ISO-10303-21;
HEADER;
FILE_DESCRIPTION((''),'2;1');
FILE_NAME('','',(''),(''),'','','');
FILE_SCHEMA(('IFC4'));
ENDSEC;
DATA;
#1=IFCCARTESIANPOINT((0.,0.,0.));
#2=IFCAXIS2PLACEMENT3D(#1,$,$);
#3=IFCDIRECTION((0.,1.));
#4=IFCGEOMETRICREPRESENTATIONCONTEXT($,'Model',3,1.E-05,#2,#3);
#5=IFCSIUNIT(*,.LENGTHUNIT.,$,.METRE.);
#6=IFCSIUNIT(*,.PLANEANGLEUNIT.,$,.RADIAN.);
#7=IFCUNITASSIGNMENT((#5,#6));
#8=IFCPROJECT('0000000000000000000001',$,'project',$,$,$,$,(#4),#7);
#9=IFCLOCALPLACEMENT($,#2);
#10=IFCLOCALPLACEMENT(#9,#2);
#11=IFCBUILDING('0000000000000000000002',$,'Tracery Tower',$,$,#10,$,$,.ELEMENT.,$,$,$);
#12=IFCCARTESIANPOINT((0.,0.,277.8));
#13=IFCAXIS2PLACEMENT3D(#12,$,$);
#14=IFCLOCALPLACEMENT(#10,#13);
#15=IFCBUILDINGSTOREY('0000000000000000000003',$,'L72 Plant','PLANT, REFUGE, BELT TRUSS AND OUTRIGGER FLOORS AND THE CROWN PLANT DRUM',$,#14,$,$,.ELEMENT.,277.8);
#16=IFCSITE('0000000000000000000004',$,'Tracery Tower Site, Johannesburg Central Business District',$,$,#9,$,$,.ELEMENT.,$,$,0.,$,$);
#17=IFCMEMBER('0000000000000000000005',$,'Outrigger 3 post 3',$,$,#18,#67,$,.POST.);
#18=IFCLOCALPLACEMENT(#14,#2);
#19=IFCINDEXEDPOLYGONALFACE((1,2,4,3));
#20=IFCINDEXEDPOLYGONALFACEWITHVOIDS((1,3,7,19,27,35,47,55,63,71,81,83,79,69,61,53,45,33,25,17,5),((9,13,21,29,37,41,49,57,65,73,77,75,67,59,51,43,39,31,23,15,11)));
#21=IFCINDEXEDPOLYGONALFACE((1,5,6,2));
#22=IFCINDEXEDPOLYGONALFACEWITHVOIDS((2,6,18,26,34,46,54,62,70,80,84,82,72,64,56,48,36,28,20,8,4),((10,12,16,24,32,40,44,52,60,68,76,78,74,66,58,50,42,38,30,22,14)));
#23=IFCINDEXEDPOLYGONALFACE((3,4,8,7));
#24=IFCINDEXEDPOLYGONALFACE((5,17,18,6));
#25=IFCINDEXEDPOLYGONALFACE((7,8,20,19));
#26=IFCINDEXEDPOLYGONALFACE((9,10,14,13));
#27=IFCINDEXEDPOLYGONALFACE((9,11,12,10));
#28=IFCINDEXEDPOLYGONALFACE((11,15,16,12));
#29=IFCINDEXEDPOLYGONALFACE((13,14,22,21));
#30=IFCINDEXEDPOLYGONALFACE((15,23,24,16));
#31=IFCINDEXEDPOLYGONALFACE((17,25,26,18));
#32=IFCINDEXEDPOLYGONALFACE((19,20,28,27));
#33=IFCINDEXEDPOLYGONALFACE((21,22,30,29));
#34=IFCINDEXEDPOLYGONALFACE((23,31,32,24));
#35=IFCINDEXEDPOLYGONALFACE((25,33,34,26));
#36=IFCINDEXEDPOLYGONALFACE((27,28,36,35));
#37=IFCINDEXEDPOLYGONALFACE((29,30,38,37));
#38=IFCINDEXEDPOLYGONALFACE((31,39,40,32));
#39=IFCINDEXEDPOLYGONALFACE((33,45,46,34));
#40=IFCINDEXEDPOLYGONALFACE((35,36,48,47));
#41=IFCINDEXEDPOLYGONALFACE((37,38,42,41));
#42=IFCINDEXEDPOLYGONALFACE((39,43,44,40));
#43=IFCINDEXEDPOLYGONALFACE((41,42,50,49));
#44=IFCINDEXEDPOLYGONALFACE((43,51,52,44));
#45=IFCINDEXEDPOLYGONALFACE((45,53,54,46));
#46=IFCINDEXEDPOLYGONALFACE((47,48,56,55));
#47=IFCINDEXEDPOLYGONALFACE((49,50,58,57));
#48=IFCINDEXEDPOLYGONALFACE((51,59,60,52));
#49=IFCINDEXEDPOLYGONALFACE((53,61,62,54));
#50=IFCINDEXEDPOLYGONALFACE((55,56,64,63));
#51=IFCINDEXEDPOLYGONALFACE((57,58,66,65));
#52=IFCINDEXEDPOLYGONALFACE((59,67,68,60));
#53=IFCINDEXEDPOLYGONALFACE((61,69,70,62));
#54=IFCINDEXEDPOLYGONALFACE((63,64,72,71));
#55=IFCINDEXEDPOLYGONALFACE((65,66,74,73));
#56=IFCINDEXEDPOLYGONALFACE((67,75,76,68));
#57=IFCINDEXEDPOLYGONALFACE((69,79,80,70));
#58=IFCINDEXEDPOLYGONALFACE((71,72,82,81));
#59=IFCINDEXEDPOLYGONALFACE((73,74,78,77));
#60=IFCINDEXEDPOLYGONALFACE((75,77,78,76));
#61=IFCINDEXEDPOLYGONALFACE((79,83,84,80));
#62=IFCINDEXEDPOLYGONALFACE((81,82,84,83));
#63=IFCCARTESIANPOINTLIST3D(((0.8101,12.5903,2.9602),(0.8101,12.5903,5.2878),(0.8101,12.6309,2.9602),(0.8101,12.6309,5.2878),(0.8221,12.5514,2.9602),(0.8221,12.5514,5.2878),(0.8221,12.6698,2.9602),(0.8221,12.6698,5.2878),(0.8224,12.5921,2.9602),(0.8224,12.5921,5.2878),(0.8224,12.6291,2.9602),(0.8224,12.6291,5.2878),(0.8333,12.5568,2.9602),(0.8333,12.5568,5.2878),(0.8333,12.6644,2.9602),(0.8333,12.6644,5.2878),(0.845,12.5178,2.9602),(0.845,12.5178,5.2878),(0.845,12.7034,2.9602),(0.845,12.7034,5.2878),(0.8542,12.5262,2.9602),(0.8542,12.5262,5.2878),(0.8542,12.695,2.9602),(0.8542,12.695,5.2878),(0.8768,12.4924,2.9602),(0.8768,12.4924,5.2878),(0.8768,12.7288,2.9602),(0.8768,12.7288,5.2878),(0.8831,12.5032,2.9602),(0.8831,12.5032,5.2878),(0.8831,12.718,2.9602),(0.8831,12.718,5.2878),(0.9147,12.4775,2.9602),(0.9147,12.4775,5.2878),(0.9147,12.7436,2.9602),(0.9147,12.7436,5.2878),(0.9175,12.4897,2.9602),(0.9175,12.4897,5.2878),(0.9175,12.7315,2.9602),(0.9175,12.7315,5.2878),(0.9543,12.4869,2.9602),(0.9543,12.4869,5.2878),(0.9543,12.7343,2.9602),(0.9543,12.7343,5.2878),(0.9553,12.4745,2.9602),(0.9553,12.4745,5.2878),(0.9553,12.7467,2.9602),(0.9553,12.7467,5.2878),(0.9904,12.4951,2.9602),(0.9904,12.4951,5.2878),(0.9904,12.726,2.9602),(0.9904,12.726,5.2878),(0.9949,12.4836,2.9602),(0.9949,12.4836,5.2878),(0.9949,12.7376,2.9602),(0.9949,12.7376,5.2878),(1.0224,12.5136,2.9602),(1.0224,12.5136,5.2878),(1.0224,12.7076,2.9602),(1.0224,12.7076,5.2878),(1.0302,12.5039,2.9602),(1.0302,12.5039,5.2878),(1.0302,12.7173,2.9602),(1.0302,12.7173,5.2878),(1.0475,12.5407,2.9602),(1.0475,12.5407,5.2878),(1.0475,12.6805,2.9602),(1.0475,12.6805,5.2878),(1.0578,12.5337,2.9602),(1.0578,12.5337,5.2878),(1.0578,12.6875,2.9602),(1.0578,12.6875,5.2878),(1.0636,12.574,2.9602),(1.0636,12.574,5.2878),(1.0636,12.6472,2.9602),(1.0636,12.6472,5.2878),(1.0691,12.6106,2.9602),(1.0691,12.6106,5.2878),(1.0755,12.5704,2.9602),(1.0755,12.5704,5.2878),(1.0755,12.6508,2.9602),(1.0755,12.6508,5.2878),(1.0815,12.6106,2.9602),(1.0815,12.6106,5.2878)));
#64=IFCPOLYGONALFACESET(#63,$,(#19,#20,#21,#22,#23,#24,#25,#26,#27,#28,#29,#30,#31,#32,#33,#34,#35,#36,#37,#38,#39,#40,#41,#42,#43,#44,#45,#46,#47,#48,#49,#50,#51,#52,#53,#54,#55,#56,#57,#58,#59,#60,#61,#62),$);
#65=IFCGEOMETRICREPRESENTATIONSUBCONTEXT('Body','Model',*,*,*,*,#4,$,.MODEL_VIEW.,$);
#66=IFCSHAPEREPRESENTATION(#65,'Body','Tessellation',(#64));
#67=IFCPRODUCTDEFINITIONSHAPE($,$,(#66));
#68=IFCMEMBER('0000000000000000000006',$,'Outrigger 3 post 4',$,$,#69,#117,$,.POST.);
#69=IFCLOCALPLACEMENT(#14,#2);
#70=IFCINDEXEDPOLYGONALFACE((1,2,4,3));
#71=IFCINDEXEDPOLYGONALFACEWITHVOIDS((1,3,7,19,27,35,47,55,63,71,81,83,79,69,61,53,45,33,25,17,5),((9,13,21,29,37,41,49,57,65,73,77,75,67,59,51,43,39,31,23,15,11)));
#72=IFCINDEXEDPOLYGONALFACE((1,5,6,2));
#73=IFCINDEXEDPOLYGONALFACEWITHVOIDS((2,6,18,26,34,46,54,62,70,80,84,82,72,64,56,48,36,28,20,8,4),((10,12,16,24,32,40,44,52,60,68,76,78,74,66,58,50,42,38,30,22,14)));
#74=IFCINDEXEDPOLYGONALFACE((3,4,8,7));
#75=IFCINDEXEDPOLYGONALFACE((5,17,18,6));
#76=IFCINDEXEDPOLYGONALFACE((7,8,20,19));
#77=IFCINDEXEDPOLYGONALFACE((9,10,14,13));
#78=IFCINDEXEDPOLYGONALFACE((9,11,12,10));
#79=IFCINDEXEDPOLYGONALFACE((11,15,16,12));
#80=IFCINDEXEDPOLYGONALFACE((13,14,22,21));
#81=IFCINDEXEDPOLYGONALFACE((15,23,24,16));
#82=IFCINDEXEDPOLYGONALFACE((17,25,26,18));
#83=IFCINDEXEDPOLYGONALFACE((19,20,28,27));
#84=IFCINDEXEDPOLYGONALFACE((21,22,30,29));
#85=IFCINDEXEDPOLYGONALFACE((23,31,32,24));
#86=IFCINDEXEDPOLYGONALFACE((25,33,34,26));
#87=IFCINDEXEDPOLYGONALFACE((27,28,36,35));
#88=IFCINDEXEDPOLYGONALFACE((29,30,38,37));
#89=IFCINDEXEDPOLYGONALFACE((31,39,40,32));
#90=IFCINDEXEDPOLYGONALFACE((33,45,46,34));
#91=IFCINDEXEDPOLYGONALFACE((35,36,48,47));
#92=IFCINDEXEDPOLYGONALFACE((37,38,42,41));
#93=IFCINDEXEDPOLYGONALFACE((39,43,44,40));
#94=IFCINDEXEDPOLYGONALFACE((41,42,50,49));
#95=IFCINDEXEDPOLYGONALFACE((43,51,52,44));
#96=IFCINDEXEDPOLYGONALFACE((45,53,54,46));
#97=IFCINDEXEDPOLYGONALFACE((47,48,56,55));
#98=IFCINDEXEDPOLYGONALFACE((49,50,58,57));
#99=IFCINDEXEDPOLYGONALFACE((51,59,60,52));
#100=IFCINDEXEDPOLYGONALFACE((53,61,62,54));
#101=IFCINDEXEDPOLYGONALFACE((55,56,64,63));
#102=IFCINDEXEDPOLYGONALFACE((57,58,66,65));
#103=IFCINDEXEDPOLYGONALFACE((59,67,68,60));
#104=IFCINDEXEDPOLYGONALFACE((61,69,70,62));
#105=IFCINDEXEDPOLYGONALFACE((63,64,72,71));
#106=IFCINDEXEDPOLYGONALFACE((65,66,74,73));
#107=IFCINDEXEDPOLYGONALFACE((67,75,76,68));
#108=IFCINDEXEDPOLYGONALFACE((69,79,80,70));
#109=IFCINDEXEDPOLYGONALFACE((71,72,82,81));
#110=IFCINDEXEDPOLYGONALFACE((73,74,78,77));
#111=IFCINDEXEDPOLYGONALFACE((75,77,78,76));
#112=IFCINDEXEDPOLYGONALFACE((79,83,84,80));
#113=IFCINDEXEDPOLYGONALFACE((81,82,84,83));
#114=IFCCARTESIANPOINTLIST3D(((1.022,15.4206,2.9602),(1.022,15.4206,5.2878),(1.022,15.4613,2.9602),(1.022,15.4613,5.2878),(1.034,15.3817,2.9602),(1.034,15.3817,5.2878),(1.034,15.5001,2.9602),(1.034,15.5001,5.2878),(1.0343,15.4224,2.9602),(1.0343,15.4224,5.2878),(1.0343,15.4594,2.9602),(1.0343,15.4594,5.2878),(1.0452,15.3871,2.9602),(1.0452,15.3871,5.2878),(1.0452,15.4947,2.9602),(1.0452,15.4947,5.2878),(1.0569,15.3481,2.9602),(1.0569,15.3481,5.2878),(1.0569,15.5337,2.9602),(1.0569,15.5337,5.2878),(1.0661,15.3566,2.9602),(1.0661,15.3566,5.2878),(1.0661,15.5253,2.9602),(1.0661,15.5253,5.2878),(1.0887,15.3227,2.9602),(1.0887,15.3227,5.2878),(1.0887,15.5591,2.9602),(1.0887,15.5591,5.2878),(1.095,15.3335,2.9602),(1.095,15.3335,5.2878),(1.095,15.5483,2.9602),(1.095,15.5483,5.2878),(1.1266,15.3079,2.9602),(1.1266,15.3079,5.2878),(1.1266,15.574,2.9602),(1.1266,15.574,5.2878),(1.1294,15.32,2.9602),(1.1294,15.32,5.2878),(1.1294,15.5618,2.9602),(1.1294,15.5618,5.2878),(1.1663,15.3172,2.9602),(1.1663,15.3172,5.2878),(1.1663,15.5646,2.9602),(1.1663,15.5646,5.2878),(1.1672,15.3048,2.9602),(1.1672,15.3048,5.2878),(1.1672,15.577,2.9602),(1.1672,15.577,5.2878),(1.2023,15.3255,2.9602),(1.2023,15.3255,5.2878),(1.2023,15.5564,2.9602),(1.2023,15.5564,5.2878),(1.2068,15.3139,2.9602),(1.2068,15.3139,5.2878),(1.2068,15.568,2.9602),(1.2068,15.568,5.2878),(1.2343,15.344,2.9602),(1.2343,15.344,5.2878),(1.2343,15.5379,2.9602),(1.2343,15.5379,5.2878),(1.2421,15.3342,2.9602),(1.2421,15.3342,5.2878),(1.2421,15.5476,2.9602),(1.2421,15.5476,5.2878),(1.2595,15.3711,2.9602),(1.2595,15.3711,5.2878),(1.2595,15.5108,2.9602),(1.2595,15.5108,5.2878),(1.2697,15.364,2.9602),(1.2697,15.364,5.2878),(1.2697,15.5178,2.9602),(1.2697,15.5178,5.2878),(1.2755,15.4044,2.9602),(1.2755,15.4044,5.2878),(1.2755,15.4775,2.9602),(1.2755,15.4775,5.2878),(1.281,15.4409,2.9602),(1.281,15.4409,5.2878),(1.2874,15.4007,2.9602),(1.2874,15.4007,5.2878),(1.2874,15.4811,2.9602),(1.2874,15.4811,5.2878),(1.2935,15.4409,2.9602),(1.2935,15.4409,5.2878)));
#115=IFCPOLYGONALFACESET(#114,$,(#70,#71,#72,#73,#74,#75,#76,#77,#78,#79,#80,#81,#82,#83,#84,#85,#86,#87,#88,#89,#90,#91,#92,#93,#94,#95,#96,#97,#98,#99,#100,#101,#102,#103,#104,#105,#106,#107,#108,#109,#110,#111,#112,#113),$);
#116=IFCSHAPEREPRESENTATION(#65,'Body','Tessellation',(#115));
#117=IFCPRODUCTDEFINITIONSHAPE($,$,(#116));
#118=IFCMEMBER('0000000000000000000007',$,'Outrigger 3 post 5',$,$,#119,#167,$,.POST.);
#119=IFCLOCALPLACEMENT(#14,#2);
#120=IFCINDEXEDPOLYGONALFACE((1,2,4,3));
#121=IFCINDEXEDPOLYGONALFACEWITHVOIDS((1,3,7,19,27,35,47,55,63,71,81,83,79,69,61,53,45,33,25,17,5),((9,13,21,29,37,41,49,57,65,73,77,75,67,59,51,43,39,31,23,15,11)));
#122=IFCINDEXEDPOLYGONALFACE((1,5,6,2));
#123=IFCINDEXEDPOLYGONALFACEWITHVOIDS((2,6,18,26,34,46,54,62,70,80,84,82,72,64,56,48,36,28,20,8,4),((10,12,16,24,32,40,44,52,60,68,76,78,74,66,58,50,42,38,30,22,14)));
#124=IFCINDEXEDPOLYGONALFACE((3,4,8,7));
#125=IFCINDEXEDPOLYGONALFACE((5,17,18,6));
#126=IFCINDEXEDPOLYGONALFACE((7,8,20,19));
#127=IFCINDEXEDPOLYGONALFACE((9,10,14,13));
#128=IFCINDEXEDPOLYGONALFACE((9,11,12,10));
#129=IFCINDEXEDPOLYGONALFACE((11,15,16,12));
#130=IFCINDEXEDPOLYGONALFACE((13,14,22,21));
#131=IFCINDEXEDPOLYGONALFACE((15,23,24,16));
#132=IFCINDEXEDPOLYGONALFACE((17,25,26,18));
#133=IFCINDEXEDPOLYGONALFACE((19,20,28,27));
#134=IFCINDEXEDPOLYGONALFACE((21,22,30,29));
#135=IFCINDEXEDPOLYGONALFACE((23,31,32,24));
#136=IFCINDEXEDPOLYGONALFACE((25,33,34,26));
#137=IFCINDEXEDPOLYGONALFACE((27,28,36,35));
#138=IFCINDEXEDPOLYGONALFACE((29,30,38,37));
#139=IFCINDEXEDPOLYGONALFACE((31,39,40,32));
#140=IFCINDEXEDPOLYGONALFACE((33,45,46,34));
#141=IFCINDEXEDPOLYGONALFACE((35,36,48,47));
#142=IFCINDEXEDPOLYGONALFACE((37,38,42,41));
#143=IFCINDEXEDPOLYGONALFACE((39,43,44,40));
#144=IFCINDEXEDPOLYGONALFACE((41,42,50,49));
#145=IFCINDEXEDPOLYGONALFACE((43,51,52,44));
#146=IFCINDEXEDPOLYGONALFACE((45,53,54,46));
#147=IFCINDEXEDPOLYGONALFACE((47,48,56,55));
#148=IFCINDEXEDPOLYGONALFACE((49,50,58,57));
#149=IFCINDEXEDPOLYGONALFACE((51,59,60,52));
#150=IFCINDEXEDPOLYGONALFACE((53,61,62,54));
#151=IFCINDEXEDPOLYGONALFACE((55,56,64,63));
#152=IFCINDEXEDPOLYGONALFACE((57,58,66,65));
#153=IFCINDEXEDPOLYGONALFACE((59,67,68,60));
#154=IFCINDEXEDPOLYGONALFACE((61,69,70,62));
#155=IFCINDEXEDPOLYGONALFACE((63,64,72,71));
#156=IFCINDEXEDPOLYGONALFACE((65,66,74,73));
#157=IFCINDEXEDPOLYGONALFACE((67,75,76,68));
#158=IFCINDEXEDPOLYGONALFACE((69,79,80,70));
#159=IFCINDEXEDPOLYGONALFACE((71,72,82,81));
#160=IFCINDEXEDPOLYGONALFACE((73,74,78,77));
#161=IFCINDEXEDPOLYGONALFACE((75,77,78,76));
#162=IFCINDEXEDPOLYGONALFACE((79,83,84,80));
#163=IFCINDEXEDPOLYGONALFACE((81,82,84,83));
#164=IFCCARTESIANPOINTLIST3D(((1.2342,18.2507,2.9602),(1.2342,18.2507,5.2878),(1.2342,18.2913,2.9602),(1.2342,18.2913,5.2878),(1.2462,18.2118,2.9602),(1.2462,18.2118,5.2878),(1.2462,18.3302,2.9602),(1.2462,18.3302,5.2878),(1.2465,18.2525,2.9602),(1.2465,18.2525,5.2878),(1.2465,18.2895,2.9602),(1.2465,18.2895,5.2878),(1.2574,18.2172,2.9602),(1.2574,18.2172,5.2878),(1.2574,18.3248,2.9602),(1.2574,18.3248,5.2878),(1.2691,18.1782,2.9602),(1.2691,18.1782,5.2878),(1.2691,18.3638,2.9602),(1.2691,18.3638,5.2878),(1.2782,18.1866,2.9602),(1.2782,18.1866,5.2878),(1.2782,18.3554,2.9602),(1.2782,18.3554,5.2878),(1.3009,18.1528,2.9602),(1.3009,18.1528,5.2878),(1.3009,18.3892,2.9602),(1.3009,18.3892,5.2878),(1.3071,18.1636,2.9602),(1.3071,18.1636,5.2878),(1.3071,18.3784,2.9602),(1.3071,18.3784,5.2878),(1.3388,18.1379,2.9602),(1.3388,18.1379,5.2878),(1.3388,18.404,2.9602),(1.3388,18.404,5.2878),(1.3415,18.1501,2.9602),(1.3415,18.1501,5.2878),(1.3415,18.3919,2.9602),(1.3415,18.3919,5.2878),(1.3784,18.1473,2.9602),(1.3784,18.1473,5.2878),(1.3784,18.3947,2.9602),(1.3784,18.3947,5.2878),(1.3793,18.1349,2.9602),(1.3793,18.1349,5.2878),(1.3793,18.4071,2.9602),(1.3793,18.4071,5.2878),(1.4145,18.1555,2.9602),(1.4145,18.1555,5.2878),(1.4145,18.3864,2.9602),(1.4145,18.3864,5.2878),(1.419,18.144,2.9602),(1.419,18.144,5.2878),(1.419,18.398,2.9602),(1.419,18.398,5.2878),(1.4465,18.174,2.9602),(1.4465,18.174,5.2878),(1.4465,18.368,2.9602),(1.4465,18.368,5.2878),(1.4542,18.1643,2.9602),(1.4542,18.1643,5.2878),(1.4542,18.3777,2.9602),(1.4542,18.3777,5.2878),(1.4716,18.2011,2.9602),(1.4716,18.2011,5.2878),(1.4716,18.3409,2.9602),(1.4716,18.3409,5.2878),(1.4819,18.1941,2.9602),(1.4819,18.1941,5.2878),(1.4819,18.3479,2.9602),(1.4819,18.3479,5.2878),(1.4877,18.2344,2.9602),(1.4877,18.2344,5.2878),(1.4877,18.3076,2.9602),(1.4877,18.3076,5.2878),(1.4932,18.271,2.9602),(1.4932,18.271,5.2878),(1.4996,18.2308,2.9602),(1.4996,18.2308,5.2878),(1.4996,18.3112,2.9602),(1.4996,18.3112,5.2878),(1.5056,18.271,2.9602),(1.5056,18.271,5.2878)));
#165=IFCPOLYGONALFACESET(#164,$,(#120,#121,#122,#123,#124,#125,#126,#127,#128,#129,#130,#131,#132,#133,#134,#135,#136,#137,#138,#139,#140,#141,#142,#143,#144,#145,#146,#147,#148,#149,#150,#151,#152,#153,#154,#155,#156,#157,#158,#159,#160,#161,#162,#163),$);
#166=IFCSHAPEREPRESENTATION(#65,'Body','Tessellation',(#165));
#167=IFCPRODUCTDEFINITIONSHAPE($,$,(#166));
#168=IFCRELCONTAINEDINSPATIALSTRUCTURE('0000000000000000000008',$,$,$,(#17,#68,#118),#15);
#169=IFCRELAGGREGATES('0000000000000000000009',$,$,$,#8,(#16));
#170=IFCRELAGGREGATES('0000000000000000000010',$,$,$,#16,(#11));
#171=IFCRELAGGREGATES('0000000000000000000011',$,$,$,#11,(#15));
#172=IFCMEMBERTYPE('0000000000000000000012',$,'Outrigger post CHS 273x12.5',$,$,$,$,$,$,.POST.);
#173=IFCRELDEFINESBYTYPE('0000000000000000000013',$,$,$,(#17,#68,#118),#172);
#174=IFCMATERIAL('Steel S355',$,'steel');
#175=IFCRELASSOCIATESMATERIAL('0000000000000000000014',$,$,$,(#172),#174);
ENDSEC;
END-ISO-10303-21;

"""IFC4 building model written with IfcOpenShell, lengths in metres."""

from ifc_helpers import new_model, si_unit, direction, frame, origin, origin_2d, place, context, subcontext, project, spatial, hollow_circle, extrude, material, material_profile, profile_set, type_object, element, save


model = new_model("IFC4")

# Units and contexts
model_context = context("Model", 3, precision=1e-05, world=origin(), true_north=direction((0.0, 1.0)))
body_context = subcontext(model_context, "Body", "Model", "MODEL_VIEW")
ifc_project = project(units=[si_unit("LENGTHUNIT", "METRE"), si_unit("PLANEANGLEUNIT", "RADIAN")], contexts=[model_context])

# Site, building, storey
site_placement = place(None, origin())
site = spatial("IfcSite", under=ifc_project, at=site_placement, Name="Tracery Tower Site, Johannesburg Central Business District", CompositionType="ELEMENT", RefElevation=0.0)
building_placement = place(site_placement, origin())
building = spatial("IfcBuilding", under=site, at=building_placement, Name="Tracery Tower", CompositionType="ELEMENT")
storey_placement = place(building_placement, frame((0.0, 0.0, 277.8)))
storey = spatial("IfcBuildingStorey", under=building, at=storey_placement, Name="L72 Plant", Description="PLANT, REFUGE, BELT TRUSS AND OUTRIGGER FLOORS AND THE CROWN PLANT DRUM", CompositionType="ELEMENT", Elevation=277.8)

# Members
ifc_material_1 = material(Name="Steel S355", Category="steel")
ifc_material_profile_1 = material_profile(ifc_material_1, hollow_circle(Radius=0.1365, WallThickness=0.0125, at=origin_2d()), Name="CHS 273x12.5")
ifc_profile_set_1 = profile_set([ifc_material_profile_1], Name="Steel S355")
member_type_1 = type_object("IfcMemberType", Name="Outrigger post CHS 273x12.5", PredefinedType="POST", material=ifc_profile_set_1)
for number, where, z_axis, x_axis, name in (
    (1, (0.9451, 12.6106, 2.9602), (0.0, 0.0, 1.0), (1.0, 0.0, 0.0), "Outrigger 3 post 3"),
    (2, (1.157, 15.4409, 2.9602), (0.0, 0.0, 1.0), (1.0, 0.0, 0.0), "Outrigger 3 post 4"),
    (3, (1.3691, 18.271, 2.9602), (0.0, 0.0, 1.0), (1.0, 0.0, 0.0), "Outrigger 3 post 5"),
):
    element("IfcMember", number, at=place(storey_placement, frame(where, z_axis=z_axis, x_axis=x_axis)), inside=storey, type_object=member_type_1, Name=name, PredefinedType="POST", context=body_context, shape_type="SweptSolid", body=[
        extrude(hollow_circle(Radius=0.1365, WallThickness=0.0125, at=origin_2d()), origin(), (0.0, 0.0, 1.0), 2.3276),
    ])

save(model, "model.ifc")
